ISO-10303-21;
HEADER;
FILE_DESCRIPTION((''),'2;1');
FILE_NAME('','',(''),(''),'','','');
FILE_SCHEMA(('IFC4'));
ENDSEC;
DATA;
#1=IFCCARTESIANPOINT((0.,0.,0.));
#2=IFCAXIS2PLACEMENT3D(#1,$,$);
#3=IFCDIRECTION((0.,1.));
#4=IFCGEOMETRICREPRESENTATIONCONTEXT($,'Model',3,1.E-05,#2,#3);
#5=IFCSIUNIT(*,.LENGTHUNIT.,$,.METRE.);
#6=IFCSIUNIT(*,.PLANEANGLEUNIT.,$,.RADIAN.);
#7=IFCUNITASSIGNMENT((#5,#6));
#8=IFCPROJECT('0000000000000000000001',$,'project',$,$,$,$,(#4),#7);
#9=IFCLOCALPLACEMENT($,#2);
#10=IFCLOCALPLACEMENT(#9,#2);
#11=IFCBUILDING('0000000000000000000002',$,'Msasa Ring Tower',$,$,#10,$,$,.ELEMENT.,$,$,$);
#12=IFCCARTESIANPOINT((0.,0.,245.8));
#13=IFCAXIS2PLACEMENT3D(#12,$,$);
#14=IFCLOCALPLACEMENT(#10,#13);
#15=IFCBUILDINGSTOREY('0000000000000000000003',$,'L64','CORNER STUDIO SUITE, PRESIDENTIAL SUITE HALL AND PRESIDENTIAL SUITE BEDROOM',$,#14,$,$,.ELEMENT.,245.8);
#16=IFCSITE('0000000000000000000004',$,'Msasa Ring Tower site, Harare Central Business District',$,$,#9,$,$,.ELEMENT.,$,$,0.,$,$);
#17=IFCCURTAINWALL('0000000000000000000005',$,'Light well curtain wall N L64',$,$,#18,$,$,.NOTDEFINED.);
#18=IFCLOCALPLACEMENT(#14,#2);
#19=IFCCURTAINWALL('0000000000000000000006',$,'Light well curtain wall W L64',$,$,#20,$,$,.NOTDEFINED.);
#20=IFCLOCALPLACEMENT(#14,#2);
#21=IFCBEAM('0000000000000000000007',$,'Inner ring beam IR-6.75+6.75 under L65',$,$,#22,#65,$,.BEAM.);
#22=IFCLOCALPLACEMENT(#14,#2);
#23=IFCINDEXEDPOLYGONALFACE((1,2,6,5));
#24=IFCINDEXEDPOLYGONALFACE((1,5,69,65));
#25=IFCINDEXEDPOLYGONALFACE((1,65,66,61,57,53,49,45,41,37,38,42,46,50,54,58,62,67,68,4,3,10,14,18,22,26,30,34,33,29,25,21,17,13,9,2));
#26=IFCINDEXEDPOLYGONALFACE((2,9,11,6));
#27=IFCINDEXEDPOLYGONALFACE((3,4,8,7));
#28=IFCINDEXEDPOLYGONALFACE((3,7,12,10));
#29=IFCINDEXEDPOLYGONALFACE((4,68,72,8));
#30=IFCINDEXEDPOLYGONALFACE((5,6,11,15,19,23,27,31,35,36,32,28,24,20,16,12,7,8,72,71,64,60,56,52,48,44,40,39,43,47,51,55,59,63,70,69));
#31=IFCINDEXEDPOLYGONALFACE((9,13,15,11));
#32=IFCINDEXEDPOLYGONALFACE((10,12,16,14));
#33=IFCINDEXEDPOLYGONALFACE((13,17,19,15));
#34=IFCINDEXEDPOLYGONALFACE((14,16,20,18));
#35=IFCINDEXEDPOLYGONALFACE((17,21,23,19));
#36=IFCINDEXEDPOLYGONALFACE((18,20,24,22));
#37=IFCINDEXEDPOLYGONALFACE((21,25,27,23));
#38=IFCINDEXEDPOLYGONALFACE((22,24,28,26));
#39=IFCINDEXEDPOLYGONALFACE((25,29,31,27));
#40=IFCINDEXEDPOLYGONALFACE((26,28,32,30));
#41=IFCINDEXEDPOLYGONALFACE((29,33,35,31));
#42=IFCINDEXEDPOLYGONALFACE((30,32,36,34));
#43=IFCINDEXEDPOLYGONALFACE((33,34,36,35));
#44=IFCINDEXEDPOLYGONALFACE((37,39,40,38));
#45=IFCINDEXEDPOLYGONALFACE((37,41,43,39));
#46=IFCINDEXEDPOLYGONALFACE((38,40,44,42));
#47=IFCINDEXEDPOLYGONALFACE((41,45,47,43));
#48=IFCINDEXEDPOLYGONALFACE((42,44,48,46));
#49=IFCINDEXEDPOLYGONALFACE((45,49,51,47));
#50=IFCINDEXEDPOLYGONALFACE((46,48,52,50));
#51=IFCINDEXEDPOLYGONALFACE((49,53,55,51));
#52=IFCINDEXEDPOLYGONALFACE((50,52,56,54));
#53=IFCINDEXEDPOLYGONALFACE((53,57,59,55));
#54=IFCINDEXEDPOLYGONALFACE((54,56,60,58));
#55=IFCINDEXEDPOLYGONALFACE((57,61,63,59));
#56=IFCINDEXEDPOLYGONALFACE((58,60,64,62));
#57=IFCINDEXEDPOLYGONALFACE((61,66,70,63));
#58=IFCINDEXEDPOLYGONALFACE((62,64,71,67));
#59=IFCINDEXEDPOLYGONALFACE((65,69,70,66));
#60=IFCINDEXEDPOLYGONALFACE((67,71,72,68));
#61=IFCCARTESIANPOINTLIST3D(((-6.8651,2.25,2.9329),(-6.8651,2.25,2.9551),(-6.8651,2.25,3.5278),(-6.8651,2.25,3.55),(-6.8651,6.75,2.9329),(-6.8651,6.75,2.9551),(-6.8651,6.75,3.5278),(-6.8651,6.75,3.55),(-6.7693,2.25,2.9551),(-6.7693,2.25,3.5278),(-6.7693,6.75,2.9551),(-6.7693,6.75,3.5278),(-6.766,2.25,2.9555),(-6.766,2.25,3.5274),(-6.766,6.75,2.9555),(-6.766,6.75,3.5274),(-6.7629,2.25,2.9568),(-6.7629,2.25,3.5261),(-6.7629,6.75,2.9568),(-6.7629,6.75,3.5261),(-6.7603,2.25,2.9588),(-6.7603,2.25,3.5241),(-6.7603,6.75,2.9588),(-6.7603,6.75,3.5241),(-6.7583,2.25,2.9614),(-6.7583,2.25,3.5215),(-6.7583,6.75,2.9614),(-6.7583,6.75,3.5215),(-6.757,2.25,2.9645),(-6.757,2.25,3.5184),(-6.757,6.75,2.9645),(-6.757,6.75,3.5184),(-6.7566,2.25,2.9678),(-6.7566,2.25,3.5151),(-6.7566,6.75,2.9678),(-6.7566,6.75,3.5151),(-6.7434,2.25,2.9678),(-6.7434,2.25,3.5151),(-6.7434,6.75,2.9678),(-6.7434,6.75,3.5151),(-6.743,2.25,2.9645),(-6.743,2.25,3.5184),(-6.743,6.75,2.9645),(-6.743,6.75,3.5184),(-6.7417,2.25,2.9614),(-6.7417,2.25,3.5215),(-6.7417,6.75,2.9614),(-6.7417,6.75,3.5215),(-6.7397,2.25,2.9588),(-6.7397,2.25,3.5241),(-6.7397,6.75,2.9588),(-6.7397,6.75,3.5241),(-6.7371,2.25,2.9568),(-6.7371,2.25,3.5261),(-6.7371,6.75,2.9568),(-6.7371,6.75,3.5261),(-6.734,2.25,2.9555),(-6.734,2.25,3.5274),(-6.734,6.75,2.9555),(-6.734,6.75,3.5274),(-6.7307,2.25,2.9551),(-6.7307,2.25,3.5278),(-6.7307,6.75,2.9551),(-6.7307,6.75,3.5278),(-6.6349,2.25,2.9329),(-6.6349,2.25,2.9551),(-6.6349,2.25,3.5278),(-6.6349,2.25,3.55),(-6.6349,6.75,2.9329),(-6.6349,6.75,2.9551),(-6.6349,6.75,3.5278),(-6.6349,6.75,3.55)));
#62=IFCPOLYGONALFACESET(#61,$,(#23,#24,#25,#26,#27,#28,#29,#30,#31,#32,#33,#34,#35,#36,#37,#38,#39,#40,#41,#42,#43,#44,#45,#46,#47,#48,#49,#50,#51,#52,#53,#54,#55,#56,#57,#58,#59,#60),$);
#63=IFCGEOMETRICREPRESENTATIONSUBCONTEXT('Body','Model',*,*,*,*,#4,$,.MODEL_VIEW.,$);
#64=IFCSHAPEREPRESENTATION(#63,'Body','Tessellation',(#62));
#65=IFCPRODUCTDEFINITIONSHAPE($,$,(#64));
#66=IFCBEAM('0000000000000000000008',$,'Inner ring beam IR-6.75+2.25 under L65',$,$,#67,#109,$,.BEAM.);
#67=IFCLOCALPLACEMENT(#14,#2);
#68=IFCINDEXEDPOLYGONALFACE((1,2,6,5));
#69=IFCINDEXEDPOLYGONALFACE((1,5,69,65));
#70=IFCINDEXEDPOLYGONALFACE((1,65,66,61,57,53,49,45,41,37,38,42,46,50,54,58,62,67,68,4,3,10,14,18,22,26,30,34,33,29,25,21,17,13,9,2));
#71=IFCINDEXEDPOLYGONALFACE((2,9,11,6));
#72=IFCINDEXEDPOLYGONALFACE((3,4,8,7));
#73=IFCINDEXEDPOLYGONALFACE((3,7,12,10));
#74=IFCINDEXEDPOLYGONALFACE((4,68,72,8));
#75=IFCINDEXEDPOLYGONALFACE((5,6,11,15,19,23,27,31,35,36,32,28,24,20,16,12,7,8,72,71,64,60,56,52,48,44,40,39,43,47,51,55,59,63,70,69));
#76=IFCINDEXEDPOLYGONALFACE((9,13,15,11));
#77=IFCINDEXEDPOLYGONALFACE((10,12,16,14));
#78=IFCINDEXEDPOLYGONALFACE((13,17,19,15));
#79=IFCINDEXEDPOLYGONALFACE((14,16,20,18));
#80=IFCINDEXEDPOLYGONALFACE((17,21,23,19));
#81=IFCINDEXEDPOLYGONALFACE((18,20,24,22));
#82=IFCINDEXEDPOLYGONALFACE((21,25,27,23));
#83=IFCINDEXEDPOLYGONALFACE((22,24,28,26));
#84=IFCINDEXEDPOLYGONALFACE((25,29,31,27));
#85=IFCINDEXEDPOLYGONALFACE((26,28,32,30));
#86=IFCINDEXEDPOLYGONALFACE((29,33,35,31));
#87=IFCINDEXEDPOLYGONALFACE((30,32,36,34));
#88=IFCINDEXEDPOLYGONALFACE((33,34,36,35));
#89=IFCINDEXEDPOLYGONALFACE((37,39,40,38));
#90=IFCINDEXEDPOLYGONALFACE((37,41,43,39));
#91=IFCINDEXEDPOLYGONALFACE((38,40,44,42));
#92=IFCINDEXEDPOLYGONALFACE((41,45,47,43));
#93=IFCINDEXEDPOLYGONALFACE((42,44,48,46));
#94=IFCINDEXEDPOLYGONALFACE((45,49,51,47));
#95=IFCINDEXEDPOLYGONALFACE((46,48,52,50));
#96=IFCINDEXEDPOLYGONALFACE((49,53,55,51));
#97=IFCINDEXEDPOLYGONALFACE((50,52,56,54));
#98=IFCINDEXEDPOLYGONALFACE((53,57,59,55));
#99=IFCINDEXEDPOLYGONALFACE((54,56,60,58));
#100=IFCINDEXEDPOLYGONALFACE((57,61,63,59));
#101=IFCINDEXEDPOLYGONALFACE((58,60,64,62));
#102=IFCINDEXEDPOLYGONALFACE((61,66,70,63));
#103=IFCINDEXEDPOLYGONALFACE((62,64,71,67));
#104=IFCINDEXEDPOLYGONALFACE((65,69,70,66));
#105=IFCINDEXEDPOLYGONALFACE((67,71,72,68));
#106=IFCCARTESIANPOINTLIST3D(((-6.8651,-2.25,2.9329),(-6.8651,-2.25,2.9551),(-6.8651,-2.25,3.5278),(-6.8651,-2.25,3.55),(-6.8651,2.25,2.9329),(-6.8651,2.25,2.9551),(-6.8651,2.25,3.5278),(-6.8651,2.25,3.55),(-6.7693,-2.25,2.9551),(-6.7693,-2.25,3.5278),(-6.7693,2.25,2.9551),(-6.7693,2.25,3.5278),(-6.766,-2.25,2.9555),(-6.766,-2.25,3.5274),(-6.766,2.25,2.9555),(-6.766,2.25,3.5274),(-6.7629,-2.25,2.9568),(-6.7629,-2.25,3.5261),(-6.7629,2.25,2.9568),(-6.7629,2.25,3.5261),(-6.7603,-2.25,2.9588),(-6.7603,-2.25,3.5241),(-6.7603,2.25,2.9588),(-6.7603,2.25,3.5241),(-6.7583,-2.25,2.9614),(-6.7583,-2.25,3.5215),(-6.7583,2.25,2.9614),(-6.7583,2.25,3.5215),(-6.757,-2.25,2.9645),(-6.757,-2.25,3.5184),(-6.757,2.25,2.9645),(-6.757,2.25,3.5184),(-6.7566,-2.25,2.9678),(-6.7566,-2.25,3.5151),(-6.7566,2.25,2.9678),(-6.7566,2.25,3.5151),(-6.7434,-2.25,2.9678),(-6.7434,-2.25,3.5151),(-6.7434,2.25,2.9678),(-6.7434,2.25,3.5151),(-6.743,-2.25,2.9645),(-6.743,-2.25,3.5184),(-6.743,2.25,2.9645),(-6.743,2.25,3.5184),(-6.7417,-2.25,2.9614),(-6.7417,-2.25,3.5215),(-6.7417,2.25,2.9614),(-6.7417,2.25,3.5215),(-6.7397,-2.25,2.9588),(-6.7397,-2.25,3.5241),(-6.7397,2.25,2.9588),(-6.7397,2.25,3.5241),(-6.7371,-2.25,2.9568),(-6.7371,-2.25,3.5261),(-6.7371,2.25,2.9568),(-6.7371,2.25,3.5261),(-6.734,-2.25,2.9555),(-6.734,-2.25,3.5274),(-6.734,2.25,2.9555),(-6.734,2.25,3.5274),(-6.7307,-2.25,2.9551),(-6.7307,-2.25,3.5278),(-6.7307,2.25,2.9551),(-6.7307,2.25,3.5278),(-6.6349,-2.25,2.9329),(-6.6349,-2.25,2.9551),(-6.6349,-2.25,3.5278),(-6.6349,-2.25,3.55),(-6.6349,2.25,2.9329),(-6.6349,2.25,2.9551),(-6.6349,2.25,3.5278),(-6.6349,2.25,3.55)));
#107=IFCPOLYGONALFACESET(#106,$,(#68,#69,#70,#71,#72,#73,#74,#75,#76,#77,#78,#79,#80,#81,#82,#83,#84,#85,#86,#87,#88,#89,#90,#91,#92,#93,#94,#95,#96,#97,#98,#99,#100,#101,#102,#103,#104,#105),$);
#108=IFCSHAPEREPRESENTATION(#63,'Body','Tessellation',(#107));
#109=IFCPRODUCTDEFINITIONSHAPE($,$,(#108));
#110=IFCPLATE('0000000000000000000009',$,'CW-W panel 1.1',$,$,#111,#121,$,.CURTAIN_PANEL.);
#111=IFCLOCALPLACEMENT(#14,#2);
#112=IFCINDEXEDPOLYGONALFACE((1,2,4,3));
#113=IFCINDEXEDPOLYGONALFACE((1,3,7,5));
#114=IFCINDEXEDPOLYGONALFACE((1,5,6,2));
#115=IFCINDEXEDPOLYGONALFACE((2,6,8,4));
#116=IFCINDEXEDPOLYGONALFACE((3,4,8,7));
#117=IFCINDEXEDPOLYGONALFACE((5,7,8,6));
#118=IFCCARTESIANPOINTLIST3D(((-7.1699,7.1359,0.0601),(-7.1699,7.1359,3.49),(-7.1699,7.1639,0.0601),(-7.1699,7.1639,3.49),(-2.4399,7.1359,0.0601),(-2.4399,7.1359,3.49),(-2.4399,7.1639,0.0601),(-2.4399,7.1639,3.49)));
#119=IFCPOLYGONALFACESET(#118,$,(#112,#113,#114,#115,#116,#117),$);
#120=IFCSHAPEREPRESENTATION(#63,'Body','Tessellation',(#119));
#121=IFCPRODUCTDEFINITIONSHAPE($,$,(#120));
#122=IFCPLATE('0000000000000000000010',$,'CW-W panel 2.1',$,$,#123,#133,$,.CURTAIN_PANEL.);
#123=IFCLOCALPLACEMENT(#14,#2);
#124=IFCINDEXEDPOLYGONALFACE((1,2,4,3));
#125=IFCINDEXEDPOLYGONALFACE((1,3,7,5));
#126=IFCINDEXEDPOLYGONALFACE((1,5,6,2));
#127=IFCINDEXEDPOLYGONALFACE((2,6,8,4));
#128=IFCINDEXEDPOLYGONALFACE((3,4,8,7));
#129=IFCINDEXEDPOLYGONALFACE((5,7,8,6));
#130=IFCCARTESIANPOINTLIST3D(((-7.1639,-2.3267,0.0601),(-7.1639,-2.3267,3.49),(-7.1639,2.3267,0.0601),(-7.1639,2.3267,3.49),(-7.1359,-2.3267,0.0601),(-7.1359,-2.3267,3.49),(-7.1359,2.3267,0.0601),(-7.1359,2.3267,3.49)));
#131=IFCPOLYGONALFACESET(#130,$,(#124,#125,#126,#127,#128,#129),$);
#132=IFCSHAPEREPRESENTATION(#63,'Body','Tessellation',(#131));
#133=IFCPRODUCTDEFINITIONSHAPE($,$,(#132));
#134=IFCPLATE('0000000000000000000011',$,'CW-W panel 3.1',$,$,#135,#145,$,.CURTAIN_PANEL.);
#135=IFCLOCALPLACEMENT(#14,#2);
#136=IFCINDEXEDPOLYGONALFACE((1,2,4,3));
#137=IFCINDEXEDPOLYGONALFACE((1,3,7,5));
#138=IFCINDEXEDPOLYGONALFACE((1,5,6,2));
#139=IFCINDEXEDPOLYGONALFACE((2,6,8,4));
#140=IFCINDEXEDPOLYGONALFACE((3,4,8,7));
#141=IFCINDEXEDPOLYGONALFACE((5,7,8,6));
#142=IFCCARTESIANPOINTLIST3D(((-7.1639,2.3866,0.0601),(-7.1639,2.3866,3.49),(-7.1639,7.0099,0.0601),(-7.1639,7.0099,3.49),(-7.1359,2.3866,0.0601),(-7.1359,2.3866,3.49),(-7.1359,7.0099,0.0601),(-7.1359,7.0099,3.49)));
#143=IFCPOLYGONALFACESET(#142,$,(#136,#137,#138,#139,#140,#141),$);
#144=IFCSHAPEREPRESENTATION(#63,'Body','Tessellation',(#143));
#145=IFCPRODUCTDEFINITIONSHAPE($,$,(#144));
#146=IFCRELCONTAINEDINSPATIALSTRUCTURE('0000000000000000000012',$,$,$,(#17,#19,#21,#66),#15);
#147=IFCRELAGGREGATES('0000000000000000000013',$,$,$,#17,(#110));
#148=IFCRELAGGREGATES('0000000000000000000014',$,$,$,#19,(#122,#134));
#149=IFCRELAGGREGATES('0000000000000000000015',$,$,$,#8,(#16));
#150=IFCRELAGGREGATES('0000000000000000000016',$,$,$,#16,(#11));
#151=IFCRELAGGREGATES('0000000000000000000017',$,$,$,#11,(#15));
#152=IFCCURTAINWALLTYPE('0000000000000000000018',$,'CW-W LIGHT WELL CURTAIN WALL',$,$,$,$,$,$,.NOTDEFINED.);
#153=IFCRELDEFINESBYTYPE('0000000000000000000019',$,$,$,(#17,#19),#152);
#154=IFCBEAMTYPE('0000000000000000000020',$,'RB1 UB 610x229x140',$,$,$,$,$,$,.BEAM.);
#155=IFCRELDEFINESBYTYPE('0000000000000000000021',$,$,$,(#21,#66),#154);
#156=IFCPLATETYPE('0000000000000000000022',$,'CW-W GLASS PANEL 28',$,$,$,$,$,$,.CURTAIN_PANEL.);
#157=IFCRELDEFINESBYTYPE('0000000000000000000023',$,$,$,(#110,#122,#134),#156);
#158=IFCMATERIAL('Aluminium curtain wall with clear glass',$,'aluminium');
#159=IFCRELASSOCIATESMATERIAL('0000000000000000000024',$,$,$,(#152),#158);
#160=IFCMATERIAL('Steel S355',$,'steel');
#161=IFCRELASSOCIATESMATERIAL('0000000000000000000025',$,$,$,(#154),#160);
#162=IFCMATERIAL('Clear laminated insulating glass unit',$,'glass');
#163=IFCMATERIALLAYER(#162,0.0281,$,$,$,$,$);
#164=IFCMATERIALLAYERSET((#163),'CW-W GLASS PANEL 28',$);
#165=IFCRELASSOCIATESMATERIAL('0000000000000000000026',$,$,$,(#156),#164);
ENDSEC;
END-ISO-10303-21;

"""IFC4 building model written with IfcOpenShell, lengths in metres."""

from ifc_helpers import new_model, si_unit, direction, frame, origin, origin_2d, place, context, subcontext, project, spatial, rectangle, i_section, extrude, material, layer, layer_set, material_profile, profile_set, type_object, element, aggregate, save


model = new_model("IFC4")

# Units and contexts
model_context = context("Model", 3, precision=1e-05, world=origin(), true_north=direction((0.0, 1.0)))
body_context = subcontext(model_context, "Body", "Model", "MODEL_VIEW")
ifc_project = project(units=[si_unit("LENGTHUNIT", "METRE"), si_unit("PLANEANGLEUNIT", "RADIAN")], contexts=[model_context])

# Site, building, storey
site_placement = place(None, origin())
site = spatial("IfcSite", under=ifc_project, at=site_placement, Name="Msasa Ring Tower site, Harare Central Business District", CompositionType="ELEMENT", RefElevation=0.0)
building_placement = place(site_placement, origin())
building = spatial("IfcBuilding", under=site, at=building_placement, Name="Msasa Ring Tower", CompositionType="ELEMENT")
storey_placement = place(building_placement, frame((0.0, 0.0, 245.8)))
storey = spatial("IfcBuildingStorey", under=building, at=storey_placement, Name="L64", Description="CORNER STUDIO SUITE, PRESIDENTIAL SUITE HALL AND PRESIDENTIAL SUITE BEDROOM", CompositionType="ELEMENT", Elevation=245.8)

# Curtain wall
ifc_material_1 = material(Name="Aluminium curtain wall with clear glass", Category="aluminium")
curtain_wall_type = type_object("IfcCurtainWallType", Name="CW-W LIGHT WELL CURTAIN WALL", PredefinedType="NOTDEFINED", material=ifc_material_1)
curtain_wall_1_placement = place(storey_placement, origin())
curtain_wall_1 = element("IfcCurtainWall", 1, at=curtain_wall_1_placement, inside=storey, type_object=curtain_wall_type, Name="Light well curtain wall N L64", PredefinedType="NOTDEFINED")

# Curtain wall
curtain_wall_2_placement = place(storey_placement, origin())
curtain_wall_2 = element("IfcCurtainWall", 2, at=curtain_wall_2_placement, inside=storey, type_object=curtain_wall_type, Name="Light well curtain wall W L64", PredefinedType="NOTDEFINED")

# Beams
ifc_material_2 = material(Name="Steel S355", Category="steel")
ifc_material_profile_1 = material_profile(ifc_material_2, i_section(OverallWidth=0.2302, OverallDepth=0.6172, WebThickness=0.0132, FlangeThickness=0.0222, FilletRadius=0.0127, at=origin_2d()), Name="UB 610x229x140")
ifc_profile_set_1 = profile_set([ifc_material_profile_1], Name="Steel S355")
beam_type = type_object("IfcBeamType", Name="RB1 UB 610x229x140", PredefinedType="BEAM", material=ifc_profile_set_1)
for number, where, z_axis, x_axis, name in (
    (3, (-6.75, 6.75, 3.2415), (0.0, -1.0, 0.0), (1.0, 0.0, 0.0), "Inner ring beam IR-6.75+6.75 under L65"),
    (4, (-6.75, 2.25, 3.2415), (0.0, -1.0, 0.0), (1.0, 0.0, 0.0), "Inner ring beam IR-6.75+2.25 under L65"),
):
    element("IfcBeam", number, at=place(storey_placement, frame(where, z_axis=z_axis, x_axis=x_axis)), inside=storey, type_object=beam_type, Name=name, PredefinedType="BEAM", context=body_context, shape_type="SweptSolid", body=[
        extrude(i_section(OverallWidth=0.2302, OverallDepth=0.6172, WebThickness=0.0132, FlangeThickness=0.0222, FilletRadius=0.0127, at=origin_2d()), origin(), (0.0, 0.0, 1.0), 4.5),
    ])

# Plates
ifc_material_3 = material(Name="Clear laminated insulating glass unit", Category="glass")
ifc_layer_1 = layer(ifc_material_3, 0.0281)
ifc_layer_set_1 = layer_set([ifc_layer_1], Name="CW-W GLASS PANEL 28")
plate_type = type_object("IfcPlateType", Name="CW-W GLASS PANEL 28", PredefinedType="CURTAIN_PANEL", material=ifc_layer_set_1)
plate_1_placement = place(storey_placement, frame((-4.8049, 7.1499, 0.0601), z_axis=(0.0, 0.0, 1.0), x_axis=(1.0, 0.0, 0.0)))
plate_1 = element("IfcPlate", 5, at=plate_1_placement, type_object=plate_type, Name="CW-W panel 1.1", PredefinedType="CURTAIN_PANEL", context=body_context, shape_type="SweptSolid", body=[
    extrude(rectangle(XDim=4.73, YDim=0.0281, at=origin_2d()), origin(), (0.0, 0.0, 1.0), 3.4299),
])
aggregate(curtain_wall_1, [plate_1])
plate_2_placement = place(storey_placement, frame((-7.1499, 0.0, 0.0601), z_axis=(0.0, 0.0, 1.0), x_axis=(0.0, 1.0, 0.0)))
plate_2 = element("IfcPlate", 6, at=plate_2_placement, type_object=plate_type, Name="CW-W panel 2.1", PredefinedType="CURTAIN_PANEL", context=body_context, shape_type="SweptSolid", body=[
    extrude(rectangle(XDim=4.6533, YDim=0.0281, at=origin_2d()), origin(), (0.0, 0.0, 1.0), 3.4299),
])
plate_3_placement = place(storey_placement, frame((-7.1499, 4.6982, 0.0601), z_axis=(0.0, 0.0, 1.0), x_axis=(0.0, 1.0, 0.0)))
plate_3 = element("IfcPlate", 7, at=plate_3_placement, type_object=plate_type, Name="CW-W panel 3.1", PredefinedType="CURTAIN_PANEL", context=body_context, shape_type="SweptSolid", body=[
    extrude(rectangle(XDim=4.6233, YDim=0.0281, at=origin_2d()), origin(), (0.0, 0.0, 1.0), 3.4299),
])
aggregate(curtain_wall_2, [plate_2, plate_3])

save(model, "model.ifc")
